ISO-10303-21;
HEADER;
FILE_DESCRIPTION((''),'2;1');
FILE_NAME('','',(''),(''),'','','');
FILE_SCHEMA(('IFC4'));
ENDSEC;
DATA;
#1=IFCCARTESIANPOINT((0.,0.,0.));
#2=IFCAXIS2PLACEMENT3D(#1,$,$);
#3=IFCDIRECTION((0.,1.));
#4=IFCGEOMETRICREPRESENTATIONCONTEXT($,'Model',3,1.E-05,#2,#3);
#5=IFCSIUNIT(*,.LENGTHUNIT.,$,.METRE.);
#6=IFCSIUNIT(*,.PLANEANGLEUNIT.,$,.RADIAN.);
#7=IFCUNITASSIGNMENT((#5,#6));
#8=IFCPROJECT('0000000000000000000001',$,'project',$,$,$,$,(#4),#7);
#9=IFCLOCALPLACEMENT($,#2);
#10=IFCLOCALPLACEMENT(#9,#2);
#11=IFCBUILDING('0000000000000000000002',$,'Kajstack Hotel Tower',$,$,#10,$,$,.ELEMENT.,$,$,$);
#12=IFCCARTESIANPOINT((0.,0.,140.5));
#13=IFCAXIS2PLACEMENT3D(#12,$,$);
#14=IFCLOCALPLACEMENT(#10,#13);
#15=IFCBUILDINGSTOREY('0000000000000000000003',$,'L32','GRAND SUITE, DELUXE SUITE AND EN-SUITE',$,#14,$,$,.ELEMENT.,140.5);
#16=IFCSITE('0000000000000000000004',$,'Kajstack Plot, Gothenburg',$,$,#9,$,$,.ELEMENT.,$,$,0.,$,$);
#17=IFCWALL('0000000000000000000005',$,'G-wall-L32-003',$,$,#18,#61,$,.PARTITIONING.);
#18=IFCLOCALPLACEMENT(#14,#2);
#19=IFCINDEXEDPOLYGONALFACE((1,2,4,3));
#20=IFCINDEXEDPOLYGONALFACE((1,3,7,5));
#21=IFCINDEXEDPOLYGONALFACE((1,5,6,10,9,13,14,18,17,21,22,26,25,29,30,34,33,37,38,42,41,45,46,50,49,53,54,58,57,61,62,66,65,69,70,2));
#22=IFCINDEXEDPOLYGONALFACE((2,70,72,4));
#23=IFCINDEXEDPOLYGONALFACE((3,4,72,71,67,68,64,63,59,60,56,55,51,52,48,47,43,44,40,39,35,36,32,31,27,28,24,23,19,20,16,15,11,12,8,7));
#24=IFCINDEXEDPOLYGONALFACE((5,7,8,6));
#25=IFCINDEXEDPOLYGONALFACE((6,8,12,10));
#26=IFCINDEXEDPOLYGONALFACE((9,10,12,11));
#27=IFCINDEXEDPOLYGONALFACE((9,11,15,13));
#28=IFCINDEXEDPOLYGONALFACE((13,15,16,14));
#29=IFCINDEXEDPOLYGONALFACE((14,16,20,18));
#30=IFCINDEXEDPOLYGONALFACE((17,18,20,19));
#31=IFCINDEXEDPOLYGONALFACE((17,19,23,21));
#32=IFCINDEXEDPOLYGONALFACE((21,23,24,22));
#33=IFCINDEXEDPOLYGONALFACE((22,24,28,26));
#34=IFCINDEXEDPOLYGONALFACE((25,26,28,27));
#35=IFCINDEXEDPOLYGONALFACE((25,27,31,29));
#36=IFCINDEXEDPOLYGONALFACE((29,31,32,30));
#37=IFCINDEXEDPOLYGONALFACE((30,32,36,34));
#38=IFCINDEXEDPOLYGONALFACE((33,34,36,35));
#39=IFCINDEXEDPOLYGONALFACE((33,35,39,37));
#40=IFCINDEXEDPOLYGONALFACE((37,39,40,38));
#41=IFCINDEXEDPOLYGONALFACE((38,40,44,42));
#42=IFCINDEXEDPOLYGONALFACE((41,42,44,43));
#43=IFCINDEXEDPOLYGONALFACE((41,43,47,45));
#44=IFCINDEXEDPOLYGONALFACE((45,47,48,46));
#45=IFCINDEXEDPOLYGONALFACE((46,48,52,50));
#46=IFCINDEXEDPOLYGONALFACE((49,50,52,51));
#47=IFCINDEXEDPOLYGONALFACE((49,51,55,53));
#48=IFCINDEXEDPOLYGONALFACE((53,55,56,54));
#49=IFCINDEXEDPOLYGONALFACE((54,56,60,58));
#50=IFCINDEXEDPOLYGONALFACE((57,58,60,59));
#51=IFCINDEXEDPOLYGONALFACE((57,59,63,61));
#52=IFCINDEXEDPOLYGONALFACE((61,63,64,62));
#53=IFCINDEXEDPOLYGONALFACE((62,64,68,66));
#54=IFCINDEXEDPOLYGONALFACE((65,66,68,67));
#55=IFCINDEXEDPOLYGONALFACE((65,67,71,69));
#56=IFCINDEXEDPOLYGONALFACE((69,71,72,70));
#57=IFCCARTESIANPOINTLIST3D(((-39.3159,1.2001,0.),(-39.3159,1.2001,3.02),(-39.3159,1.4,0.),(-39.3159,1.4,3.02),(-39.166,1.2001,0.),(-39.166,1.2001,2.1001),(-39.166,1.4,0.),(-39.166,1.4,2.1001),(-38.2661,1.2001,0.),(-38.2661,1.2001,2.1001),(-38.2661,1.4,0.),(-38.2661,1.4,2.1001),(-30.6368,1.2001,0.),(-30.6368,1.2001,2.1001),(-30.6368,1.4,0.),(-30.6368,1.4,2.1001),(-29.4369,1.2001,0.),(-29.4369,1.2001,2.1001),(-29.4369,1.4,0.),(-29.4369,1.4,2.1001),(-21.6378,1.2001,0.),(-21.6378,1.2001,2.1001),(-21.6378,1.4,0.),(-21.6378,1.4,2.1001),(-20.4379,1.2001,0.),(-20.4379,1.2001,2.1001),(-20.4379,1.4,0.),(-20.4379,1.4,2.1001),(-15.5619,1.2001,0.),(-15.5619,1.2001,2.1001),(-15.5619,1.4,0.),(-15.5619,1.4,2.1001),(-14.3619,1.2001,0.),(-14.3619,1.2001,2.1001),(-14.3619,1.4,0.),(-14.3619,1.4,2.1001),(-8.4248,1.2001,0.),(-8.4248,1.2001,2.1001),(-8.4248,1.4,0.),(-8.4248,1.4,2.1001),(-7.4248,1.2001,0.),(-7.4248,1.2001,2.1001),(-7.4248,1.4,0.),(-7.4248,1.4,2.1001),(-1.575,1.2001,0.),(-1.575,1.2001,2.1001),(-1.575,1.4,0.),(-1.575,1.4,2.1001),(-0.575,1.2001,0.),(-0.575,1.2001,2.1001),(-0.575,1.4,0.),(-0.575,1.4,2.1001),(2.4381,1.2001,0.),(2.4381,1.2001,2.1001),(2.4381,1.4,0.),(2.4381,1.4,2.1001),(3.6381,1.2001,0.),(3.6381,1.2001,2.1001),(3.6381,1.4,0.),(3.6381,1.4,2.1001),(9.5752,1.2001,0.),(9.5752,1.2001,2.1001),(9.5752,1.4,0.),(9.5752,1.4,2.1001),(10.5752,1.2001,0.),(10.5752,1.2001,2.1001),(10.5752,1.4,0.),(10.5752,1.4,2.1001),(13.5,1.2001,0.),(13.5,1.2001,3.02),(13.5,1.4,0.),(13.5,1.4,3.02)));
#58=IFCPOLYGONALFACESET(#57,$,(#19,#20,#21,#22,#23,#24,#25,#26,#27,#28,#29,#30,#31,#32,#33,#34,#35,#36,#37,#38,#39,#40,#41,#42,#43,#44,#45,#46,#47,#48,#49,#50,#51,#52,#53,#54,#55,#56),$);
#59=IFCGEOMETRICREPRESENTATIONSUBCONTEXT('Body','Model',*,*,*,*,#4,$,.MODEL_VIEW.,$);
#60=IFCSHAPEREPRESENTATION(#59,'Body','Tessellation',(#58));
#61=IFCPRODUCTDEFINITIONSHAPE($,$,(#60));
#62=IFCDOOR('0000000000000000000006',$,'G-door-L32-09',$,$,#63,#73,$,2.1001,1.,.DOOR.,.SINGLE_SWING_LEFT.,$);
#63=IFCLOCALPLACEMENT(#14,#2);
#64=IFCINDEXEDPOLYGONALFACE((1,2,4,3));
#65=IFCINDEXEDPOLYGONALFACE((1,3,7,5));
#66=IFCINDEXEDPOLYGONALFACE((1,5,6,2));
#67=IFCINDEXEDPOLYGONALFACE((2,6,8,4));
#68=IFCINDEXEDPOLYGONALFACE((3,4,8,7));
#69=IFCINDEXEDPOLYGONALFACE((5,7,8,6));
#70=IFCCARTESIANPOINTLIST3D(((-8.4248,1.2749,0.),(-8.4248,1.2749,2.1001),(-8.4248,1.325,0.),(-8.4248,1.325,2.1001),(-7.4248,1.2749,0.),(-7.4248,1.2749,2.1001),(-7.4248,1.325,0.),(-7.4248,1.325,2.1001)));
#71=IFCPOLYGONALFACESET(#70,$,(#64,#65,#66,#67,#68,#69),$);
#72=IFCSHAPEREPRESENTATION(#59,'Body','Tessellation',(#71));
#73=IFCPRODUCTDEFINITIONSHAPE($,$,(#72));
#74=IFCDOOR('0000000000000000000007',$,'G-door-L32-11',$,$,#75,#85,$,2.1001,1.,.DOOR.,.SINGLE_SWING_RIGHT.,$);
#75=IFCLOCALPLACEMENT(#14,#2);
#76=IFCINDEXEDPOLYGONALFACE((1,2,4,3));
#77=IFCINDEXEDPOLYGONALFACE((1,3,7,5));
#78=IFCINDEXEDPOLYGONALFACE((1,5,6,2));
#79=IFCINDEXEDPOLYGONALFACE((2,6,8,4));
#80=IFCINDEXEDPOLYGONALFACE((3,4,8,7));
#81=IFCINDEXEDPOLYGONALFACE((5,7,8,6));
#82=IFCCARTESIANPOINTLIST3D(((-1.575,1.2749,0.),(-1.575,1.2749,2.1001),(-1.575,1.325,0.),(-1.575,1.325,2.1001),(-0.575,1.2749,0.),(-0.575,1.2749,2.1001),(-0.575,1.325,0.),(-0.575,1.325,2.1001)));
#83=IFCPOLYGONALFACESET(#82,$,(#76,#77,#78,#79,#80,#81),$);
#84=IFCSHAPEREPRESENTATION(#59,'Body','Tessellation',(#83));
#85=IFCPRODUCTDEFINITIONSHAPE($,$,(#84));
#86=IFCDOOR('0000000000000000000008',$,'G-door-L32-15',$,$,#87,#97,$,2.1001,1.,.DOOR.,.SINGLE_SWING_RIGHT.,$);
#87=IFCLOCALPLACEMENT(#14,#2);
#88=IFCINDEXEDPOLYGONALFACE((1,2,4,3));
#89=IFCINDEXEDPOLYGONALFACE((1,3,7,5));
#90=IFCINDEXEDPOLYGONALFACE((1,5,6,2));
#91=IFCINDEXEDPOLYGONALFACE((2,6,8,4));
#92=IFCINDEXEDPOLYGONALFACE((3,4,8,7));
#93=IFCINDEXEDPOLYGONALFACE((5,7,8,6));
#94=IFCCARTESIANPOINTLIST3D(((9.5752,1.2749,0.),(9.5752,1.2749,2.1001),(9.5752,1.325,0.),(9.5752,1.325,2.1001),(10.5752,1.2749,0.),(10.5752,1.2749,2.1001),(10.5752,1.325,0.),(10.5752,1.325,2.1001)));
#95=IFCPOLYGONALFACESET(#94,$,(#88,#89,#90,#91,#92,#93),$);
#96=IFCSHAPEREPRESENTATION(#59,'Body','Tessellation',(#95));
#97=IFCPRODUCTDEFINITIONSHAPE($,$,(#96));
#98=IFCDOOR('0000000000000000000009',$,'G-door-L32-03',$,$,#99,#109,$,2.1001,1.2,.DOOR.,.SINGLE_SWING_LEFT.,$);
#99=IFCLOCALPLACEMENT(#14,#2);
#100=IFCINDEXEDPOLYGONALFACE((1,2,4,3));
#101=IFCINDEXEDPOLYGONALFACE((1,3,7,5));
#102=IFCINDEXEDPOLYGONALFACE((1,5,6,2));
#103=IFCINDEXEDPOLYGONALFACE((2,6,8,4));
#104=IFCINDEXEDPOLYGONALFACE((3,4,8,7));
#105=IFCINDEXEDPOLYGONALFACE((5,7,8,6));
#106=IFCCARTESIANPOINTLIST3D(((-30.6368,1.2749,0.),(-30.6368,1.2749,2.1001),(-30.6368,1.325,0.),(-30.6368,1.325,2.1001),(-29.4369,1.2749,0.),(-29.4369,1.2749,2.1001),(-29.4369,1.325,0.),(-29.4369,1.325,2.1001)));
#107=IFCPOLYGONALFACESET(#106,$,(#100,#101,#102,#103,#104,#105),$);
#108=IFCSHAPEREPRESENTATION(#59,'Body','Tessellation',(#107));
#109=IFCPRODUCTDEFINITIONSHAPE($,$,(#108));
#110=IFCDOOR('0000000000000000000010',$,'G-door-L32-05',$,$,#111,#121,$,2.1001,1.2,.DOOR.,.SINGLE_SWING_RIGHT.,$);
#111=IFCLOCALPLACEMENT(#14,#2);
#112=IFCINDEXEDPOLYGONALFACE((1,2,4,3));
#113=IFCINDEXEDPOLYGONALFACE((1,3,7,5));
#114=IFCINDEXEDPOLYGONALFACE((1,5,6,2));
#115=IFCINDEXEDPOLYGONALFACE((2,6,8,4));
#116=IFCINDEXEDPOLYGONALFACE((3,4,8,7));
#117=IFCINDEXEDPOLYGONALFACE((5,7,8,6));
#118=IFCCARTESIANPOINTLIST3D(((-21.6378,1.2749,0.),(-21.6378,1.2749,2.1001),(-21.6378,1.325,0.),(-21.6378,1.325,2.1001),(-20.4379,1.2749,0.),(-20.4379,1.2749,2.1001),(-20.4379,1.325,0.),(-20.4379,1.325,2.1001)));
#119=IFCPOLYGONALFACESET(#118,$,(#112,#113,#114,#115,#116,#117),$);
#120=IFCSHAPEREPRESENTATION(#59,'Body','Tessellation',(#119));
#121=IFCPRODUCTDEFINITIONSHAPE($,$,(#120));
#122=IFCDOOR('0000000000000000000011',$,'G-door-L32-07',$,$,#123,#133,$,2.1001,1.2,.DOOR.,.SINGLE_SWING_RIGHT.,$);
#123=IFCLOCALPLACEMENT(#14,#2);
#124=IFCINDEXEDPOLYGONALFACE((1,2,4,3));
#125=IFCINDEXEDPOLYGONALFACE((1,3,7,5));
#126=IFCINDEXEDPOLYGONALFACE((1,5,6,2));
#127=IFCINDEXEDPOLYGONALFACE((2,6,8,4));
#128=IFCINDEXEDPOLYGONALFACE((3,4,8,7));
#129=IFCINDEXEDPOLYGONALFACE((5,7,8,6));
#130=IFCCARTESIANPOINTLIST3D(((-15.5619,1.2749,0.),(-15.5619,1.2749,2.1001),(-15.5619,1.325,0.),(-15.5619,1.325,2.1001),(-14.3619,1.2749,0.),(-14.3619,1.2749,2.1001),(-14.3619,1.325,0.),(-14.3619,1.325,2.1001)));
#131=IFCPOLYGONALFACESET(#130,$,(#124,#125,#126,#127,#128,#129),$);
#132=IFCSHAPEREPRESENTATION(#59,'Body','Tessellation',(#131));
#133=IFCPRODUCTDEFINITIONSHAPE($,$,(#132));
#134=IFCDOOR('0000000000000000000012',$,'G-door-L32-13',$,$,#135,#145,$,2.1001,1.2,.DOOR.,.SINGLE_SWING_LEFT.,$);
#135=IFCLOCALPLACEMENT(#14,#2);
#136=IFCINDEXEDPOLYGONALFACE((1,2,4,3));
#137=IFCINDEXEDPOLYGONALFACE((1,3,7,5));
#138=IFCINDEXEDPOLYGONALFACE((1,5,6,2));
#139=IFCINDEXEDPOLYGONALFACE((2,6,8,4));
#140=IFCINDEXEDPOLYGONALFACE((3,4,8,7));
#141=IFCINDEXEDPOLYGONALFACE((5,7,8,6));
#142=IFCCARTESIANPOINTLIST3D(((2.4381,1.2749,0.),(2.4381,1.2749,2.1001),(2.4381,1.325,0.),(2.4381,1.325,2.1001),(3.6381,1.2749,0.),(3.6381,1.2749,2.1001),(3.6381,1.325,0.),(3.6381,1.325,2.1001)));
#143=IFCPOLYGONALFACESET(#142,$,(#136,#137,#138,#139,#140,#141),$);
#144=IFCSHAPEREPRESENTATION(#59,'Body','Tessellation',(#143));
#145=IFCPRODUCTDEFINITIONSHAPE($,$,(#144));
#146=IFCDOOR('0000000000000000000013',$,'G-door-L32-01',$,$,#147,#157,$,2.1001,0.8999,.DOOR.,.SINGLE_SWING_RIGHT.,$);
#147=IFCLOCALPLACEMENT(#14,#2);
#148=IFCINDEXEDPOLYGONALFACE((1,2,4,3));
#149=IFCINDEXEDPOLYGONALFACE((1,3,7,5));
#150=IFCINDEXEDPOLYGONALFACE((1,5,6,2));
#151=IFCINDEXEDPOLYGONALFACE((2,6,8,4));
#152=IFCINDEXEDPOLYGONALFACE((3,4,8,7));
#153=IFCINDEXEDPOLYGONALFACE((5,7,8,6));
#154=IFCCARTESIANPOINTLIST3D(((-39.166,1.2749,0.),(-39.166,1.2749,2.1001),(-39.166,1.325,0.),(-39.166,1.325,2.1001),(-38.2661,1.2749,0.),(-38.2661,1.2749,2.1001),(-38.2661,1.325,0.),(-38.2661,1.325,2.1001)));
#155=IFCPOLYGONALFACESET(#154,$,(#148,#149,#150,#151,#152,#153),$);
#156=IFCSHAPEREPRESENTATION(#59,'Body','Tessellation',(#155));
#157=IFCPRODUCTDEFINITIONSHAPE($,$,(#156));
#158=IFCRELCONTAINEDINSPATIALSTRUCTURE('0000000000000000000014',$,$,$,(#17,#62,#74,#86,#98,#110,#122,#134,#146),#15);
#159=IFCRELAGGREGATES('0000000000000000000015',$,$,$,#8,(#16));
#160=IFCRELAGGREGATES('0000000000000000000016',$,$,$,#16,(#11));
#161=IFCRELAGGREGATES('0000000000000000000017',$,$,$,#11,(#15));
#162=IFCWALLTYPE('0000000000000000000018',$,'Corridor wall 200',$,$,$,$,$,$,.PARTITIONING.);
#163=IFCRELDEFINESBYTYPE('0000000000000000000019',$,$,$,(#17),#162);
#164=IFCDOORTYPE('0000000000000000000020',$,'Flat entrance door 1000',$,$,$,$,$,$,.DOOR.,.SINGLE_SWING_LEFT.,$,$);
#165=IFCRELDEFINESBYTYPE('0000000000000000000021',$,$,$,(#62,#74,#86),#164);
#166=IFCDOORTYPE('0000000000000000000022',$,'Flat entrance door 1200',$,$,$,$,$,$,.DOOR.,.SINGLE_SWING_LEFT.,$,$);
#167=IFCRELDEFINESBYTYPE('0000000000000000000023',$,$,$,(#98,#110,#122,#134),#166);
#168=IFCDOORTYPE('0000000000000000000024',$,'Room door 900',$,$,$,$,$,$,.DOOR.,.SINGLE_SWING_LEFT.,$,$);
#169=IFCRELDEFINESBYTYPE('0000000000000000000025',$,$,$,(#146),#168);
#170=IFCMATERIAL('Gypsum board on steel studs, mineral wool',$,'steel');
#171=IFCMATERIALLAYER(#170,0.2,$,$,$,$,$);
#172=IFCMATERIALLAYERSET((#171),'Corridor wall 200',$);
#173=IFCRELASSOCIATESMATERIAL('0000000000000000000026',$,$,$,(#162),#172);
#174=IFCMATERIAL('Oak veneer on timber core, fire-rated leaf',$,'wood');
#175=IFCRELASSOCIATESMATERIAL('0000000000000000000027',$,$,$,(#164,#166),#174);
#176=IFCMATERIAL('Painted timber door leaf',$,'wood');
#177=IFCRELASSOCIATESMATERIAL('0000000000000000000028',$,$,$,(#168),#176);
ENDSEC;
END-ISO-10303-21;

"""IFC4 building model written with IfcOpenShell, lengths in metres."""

from ifc_helpers import new_model, si_unit, direction, frame, frame_2d, origin, place, context, subcontext, project, spatial, rectangle, extrude, material, layer, layer_set, type_object, element, fill, save


model = new_model("IFC4")

# Units and contexts
model_context = context("Model", 3, precision=1e-05, world=origin(), true_north=direction((0.0, 1.0)))
body_context = subcontext(model_context, "Body", "Model", "MODEL_VIEW")
ifc_project = project(units=[si_unit("LENGTHUNIT", "METRE"), si_unit("PLANEANGLEUNIT", "RADIAN")], contexts=[model_context])

# Site, building, storey
site_placement = place(None, origin())
site = spatial("IfcSite", under=ifc_project, at=site_placement, Name="Kajstack Plot, Gothenburg", CompositionType="ELEMENT", RefElevation=0.0)
building_placement = place(site_placement, origin())
building = spatial("IfcBuilding", under=site, at=building_placement, Name="Kajstack Hotel Tower", CompositionType="ELEMENT")
storey_placement = place(building_placement, frame((0.0, 0.0, 140.5)))
storey = spatial("IfcBuildingStorey", under=building, at=storey_placement, Name="L32", Description="GRAND SUITE, DELUXE SUITE AND EN-SUITE", CompositionType="ELEMENT", Elevation=140.5)

# Wall, openings, doors
ifc_material_1 = material(Name="Gypsum board on steel studs, mineral wool", Category="steel")
ifc_layer_1 = layer(ifc_material_1, 0.2)
ifc_layer_set_1 = layer_set([ifc_layer_1], Name="Corridor wall 200")
wall_type_1 = type_object("IfcWallType", Name="Corridor wall 200", PredefinedType="PARTITIONING", material=ifc_layer_set_1)
wall_1_placement = place(storey_placement, frame((-39.3159, 1.3, 0.0), z_axis=(0.0, 0.0, 1.0), x_axis=(1.0, 0.0, 0.0)))
wall_1 = element("IfcWall", 1, at=wall_1_placement, inside=storey, type_object=wall_type_1, Name="G-wall-L32-003", PredefinedType="PARTITIONING", context=body_context, shape_type="SweptSolid", body=[
    extrude(rectangle(XDim=52.8159, YDim=0.2, at=frame_2d((26.408, 0.0))), origin(), (0.0, 0.0, 1.0), 3.02),
])
opening_1_placement = place(wall_1_placement, frame((0.1499, 0.0, 0.0)))
opening_1 = element("IfcOpeningElement", 2, at=opening_1_placement, cuts=wall_1, PredefinedType="OPENING", context=body_context, shape_type="SweptSolid", body=[
    extrude(rectangle(XDim=0.8999, YDim=2.1001, at=frame_2d((0.45, 1.05))), frame((0.0, 0.1099, 0.0), z_axis=(0.0, -1.0, 0.0), x_axis=(1.0, 0.0, 0.0)), (0.0, 0.0, 1.0), 0.22),
])
opening_2_placement = place(wall_1_placement, frame((8.679, 0.0, 0.0)))
opening_2 = element("IfcOpeningElement", 3, at=opening_2_placement, cuts=wall_1, PredefinedType="OPENING", context=body_context, shape_type="SweptSolid", body=[
    extrude(rectangle(XDim=1.2, YDim=2.1001, at=frame_2d((0.6001, 1.05))), frame((0.0, 0.1099, 0.0), z_axis=(0.0, -1.0, 0.0), x_axis=(1.0, 0.0, 0.0)), (0.0, 0.0, 1.0), 0.22),
])
opening_3_placement = place(wall_1_placement, frame((17.678, 0.0, 0.0)))
opening_3 = element("IfcOpeningElement", 4, at=opening_3_placement, cuts=wall_1, PredefinedType="OPENING", context=body_context, shape_type="SweptSolid", body=[
    extrude(rectangle(XDim=1.2, YDim=2.1001, at=frame_2d((0.6001, 1.05))), frame((0.0, 0.1099, 0.0), z_axis=(0.0, -1.0, 0.0), x_axis=(1.0, 0.0, 0.0)), (0.0, 0.0, 1.0), 0.22),
])
opening_4_placement = place(wall_1_placement, frame((23.7539, 0.0, 0.0)))
opening_4 = element("IfcOpeningElement", 5, at=opening_4_placement, cuts=wall_1, PredefinedType="OPENING", context=body_context, shape_type="SweptSolid", body=[
    extrude(rectangle(XDim=1.2, YDim=2.1001, at=frame_2d((0.6001, 1.05))), frame((0.0, 0.1099, 0.0), z_axis=(0.0, -1.0, 0.0), x_axis=(1.0, 0.0, 0.0)), (0.0, 0.0, 1.0), 0.22),
])
opening_5_placement = place(wall_1_placement, frame((30.8911, 0.0, 0.0)))
opening_5 = element("IfcOpeningElement", 6, at=opening_5_placement, cuts=wall_1, PredefinedType="OPENING", context=body_context, shape_type="SweptSolid", body=[
    extrude(rectangle(XDim=1.0, YDim=2.1001, at=frame_2d((0.5, 1.05))), frame((0.0, 0.1099, 0.0), z_axis=(0.0, -1.0, 0.0), x_axis=(1.0, 0.0, 0.0)), (0.0, 0.0, 1.0), 0.22),
])
opening_6_placement = place(wall_1_placement, frame((37.741, 0.0, 0.0)))
opening_6 = element("IfcOpeningElement", 7, at=opening_6_placement, cuts=wall_1, PredefinedType="OPENING", context=body_context, shape_type="SweptSolid", body=[
    extrude(rectangle(XDim=1.0, YDim=2.1001, at=frame_2d((0.5, 1.05))), frame((0.0, 0.1099, 0.0), z_axis=(0.0, -1.0, 0.0), x_axis=(1.0, 0.0, 0.0)), (0.0, 0.0, 1.0), 0.22),
])
opening_7_placement = place(wall_1_placement, frame((41.7539, 0.0, 0.0)))
opening_7 = element("IfcOpeningElement", 8, at=opening_7_placement, cuts=wall_1, PredefinedType="OPENING", context=body_context, shape_type="SweptSolid", body=[
    extrude(rectangle(XDim=1.2, YDim=2.1001, at=frame_2d((0.6001, 1.05))), frame((0.0, 0.1099, 0.0), z_axis=(0.0, -1.0, 0.0), x_axis=(1.0, 0.0, 0.0)), (0.0, 0.0, 1.0), 0.22),
])
opening_8_placement = place(wall_1_placement, frame((48.8911, 0.0, 0.0)))
opening_8 = element("IfcOpeningElement", 9, at=opening_8_placement, cuts=wall_1, PredefinedType="OPENING", context=body_context, shape_type="SweptSolid", body=[
    extrude(rectangle(XDim=1.0, YDim=2.1001, at=frame_2d((0.5, 1.05))), frame((0.0, 0.1099, 0.0), z_axis=(0.0, -1.0, 0.0), x_axis=(1.0, 0.0, 0.0)), (0.0, 0.0, 1.0), 0.22),
])
ifc_material_2 = material(Name="Oak veneer on timber core, fire-rated leaf", Category="wood")
door_type_1 = type_object("IfcDoorType", Name="Flat entrance door 1000", OperationType="SINGLE_SWING_LEFT", PredefinedType="DOOR", material=ifc_material_2)
door_1_placement = place(opening_5_placement, origin())
door_1 = element("IfcDoor", 10, at=door_1_placement, inside=storey, type_object=door_type_1, Name="G-door-L32-09", OperationType="SINGLE_SWING_LEFT", OverallHeight=2.1001, OverallWidth=1.0, PredefinedType="DOOR", context=body_context, shape_type="SweptSolid", body=[
    extrude(rectangle(XDim=1.0, YDim=2.1001, at=frame_2d((0.5, 1.05))), frame((0.0, 0.0249, 0.0), z_axis=(0.0, -1.0, 0.0), x_axis=(1.0, 0.0, 0.0)), (0.0, 0.0, 1.0), 0.05),
])
fill(opening_5, door_1)
door_2_placement = place(opening_6_placement, origin())
door_2 = element("IfcDoor", 11, at=door_2_placement, inside=storey, type_object=door_type_1, Name="G-door-L32-11", OperationType="SINGLE_SWING_RIGHT", OverallHeight=2.1001, OverallWidth=1.0, PredefinedType="DOOR", context=body_context, shape_type="SweptSolid", body=[
    extrude(rectangle(XDim=1.0, YDim=2.1001, at=frame_2d((0.5, 1.05))), frame((0.0, 0.0249, 0.0), z_axis=(0.0, -1.0, 0.0), x_axis=(1.0, 0.0, 0.0)), (0.0, 0.0, 1.0), 0.05),
])
fill(opening_6, door_2)
door_3_placement = place(opening_8_placement, origin())
door_3 = element("IfcDoor", 12, at=door_3_placement, inside=storey, type_object=door_type_1, Name="G-door-L32-15", OperationType="SINGLE_SWING_RIGHT", OverallHeight=2.1001, OverallWidth=1.0, PredefinedType="DOOR", context=body_context, shape_type="SweptSolid", body=[
    extrude(rectangle(XDim=1.0, YDim=2.1001, at=frame_2d((0.5, 1.05))), frame((0.0, 0.0249, 0.0), z_axis=(0.0, -1.0, 0.0), x_axis=(1.0, 0.0, 0.0)), (0.0, 0.0, 1.0), 0.05),
])
fill(opening_8, door_3)
door_type_2 = type_object("IfcDoorType", Name="Flat entrance door 1200", OperationType="SINGLE_SWING_LEFT", PredefinedType="DOOR", material=ifc_material_2)
door_4_placement = place(opening_2_placement, origin())
door_4 = element("IfcDoor", 13, at=door_4_placement, inside=storey, type_object=door_type_2, Name="G-door-L32-03", OperationType="SINGLE_SWING_LEFT", OverallHeight=2.1001, OverallWidth=1.2, PredefinedType="DOOR", context=body_context, shape_type="SweptSolid", body=[
    extrude(rectangle(XDim=1.2, YDim=2.1001, at=frame_2d((0.6001, 1.05))), frame((0.0, 0.0249, 0.0), z_axis=(0.0, -1.0, 0.0), x_axis=(1.0, 0.0, 0.0)), (0.0, 0.0, 1.0), 0.05),
])
fill(opening_2, door_4)
door_5_placement = place(opening_3_placement, origin())
door_5 = element("IfcDoor", 14, at=door_5_placement, inside=storey, type_object=door_type_2, Name="G-door-L32-05", OperationType="SINGLE_SWING_RIGHT", OverallHeight=2.1001, OverallWidth=1.2, PredefinedType="DOOR", context=body_context, shape_type="SweptSolid", body=[
    extrude(rectangle(XDim=1.2, YDim=2.1001, at=frame_2d((0.6001, 1.05))), frame((0.0, 0.0249, 0.0), z_axis=(0.0, -1.0, 0.0), x_axis=(1.0, 0.0, 0.0)), (0.0, 0.0, 1.0), 0.05),
])
fill(opening_3, door_5)
door_6_placement = place(opening_4_placement, origin())
door_6 = element("IfcDoor", 15, at=door_6_placement, inside=storey, type_object=door_type_2, Name="G-door-L32-07", OperationType="SINGLE_SWING_RIGHT", OverallHeight=2.1001, OverallWidth=1.2, PredefinedType="DOOR", context=body_context, shape_type="SweptSolid", body=[
    extrude(rectangle(XDim=1.2, YDim=2.1001, at=frame_2d((0.6001, 1.05))), frame((0.0, 0.0249, 0.0), z_axis=(0.0, -1.0, 0.0), x_axis=(1.0, 0.0, 0.0)), (0.0, 0.0, 1.0), 0.05),
])
fill(opening_4, door_6)
door_7_placement = place(opening_7_placement, origin())
door_7 = element("IfcDoor", 16, at=door_7_placement, inside=storey, type_object=door_type_2, Name="G-door-L32-13", OperationType="SINGLE_SWING_LEFT", OverallHeight=2.1001, OverallWidth=1.2, PredefinedType="DOOR", context=body_context, shape_type="SweptSolid", body=[
    extrude(rectangle(XDim=1.2, YDim=2.1001, at=frame_2d((0.6001, 1.05))), frame((0.0, 0.0249, 0.0), z_axis=(0.0, -1.0, 0.0), x_axis=(1.0, 0.0, 0.0)), (0.0, 0.0, 1.0), 0.05),
])
fill(opening_7, door_7)
ifc_material_3 = material(Name="Painted timber door leaf", Category="wood")
door_type_3 = type_object("IfcDoorType", Name="Room door 900", OperationType="SINGLE_SWING_LEFT", PredefinedType="DOOR", material=ifc_material_3)
door_8_placement = place(opening_1_placement, origin())
door_8 = element("IfcDoor", 17, at=door_8_placement, inside=storey, type_object=door_type_3, Name="G-door-L32-01", OperationType="SINGLE_SWING_RIGHT", OverallHeight=2.1001, OverallWidth=0.8999, PredefinedType="DOOR", context=body_context, shape_type="SweptSolid", body=[
    extrude(rectangle(XDim=0.8999, YDim=2.1001, at=frame_2d((0.45, 1.05))), frame((0.0, 0.0249, 0.0), z_axis=(0.0, -1.0, 0.0), x_axis=(1.0, 0.0, 0.0)), (0.0, 0.0, 1.0), 0.05),
])
fill(opening_1, door_8)

save(model, "model.ifc")
